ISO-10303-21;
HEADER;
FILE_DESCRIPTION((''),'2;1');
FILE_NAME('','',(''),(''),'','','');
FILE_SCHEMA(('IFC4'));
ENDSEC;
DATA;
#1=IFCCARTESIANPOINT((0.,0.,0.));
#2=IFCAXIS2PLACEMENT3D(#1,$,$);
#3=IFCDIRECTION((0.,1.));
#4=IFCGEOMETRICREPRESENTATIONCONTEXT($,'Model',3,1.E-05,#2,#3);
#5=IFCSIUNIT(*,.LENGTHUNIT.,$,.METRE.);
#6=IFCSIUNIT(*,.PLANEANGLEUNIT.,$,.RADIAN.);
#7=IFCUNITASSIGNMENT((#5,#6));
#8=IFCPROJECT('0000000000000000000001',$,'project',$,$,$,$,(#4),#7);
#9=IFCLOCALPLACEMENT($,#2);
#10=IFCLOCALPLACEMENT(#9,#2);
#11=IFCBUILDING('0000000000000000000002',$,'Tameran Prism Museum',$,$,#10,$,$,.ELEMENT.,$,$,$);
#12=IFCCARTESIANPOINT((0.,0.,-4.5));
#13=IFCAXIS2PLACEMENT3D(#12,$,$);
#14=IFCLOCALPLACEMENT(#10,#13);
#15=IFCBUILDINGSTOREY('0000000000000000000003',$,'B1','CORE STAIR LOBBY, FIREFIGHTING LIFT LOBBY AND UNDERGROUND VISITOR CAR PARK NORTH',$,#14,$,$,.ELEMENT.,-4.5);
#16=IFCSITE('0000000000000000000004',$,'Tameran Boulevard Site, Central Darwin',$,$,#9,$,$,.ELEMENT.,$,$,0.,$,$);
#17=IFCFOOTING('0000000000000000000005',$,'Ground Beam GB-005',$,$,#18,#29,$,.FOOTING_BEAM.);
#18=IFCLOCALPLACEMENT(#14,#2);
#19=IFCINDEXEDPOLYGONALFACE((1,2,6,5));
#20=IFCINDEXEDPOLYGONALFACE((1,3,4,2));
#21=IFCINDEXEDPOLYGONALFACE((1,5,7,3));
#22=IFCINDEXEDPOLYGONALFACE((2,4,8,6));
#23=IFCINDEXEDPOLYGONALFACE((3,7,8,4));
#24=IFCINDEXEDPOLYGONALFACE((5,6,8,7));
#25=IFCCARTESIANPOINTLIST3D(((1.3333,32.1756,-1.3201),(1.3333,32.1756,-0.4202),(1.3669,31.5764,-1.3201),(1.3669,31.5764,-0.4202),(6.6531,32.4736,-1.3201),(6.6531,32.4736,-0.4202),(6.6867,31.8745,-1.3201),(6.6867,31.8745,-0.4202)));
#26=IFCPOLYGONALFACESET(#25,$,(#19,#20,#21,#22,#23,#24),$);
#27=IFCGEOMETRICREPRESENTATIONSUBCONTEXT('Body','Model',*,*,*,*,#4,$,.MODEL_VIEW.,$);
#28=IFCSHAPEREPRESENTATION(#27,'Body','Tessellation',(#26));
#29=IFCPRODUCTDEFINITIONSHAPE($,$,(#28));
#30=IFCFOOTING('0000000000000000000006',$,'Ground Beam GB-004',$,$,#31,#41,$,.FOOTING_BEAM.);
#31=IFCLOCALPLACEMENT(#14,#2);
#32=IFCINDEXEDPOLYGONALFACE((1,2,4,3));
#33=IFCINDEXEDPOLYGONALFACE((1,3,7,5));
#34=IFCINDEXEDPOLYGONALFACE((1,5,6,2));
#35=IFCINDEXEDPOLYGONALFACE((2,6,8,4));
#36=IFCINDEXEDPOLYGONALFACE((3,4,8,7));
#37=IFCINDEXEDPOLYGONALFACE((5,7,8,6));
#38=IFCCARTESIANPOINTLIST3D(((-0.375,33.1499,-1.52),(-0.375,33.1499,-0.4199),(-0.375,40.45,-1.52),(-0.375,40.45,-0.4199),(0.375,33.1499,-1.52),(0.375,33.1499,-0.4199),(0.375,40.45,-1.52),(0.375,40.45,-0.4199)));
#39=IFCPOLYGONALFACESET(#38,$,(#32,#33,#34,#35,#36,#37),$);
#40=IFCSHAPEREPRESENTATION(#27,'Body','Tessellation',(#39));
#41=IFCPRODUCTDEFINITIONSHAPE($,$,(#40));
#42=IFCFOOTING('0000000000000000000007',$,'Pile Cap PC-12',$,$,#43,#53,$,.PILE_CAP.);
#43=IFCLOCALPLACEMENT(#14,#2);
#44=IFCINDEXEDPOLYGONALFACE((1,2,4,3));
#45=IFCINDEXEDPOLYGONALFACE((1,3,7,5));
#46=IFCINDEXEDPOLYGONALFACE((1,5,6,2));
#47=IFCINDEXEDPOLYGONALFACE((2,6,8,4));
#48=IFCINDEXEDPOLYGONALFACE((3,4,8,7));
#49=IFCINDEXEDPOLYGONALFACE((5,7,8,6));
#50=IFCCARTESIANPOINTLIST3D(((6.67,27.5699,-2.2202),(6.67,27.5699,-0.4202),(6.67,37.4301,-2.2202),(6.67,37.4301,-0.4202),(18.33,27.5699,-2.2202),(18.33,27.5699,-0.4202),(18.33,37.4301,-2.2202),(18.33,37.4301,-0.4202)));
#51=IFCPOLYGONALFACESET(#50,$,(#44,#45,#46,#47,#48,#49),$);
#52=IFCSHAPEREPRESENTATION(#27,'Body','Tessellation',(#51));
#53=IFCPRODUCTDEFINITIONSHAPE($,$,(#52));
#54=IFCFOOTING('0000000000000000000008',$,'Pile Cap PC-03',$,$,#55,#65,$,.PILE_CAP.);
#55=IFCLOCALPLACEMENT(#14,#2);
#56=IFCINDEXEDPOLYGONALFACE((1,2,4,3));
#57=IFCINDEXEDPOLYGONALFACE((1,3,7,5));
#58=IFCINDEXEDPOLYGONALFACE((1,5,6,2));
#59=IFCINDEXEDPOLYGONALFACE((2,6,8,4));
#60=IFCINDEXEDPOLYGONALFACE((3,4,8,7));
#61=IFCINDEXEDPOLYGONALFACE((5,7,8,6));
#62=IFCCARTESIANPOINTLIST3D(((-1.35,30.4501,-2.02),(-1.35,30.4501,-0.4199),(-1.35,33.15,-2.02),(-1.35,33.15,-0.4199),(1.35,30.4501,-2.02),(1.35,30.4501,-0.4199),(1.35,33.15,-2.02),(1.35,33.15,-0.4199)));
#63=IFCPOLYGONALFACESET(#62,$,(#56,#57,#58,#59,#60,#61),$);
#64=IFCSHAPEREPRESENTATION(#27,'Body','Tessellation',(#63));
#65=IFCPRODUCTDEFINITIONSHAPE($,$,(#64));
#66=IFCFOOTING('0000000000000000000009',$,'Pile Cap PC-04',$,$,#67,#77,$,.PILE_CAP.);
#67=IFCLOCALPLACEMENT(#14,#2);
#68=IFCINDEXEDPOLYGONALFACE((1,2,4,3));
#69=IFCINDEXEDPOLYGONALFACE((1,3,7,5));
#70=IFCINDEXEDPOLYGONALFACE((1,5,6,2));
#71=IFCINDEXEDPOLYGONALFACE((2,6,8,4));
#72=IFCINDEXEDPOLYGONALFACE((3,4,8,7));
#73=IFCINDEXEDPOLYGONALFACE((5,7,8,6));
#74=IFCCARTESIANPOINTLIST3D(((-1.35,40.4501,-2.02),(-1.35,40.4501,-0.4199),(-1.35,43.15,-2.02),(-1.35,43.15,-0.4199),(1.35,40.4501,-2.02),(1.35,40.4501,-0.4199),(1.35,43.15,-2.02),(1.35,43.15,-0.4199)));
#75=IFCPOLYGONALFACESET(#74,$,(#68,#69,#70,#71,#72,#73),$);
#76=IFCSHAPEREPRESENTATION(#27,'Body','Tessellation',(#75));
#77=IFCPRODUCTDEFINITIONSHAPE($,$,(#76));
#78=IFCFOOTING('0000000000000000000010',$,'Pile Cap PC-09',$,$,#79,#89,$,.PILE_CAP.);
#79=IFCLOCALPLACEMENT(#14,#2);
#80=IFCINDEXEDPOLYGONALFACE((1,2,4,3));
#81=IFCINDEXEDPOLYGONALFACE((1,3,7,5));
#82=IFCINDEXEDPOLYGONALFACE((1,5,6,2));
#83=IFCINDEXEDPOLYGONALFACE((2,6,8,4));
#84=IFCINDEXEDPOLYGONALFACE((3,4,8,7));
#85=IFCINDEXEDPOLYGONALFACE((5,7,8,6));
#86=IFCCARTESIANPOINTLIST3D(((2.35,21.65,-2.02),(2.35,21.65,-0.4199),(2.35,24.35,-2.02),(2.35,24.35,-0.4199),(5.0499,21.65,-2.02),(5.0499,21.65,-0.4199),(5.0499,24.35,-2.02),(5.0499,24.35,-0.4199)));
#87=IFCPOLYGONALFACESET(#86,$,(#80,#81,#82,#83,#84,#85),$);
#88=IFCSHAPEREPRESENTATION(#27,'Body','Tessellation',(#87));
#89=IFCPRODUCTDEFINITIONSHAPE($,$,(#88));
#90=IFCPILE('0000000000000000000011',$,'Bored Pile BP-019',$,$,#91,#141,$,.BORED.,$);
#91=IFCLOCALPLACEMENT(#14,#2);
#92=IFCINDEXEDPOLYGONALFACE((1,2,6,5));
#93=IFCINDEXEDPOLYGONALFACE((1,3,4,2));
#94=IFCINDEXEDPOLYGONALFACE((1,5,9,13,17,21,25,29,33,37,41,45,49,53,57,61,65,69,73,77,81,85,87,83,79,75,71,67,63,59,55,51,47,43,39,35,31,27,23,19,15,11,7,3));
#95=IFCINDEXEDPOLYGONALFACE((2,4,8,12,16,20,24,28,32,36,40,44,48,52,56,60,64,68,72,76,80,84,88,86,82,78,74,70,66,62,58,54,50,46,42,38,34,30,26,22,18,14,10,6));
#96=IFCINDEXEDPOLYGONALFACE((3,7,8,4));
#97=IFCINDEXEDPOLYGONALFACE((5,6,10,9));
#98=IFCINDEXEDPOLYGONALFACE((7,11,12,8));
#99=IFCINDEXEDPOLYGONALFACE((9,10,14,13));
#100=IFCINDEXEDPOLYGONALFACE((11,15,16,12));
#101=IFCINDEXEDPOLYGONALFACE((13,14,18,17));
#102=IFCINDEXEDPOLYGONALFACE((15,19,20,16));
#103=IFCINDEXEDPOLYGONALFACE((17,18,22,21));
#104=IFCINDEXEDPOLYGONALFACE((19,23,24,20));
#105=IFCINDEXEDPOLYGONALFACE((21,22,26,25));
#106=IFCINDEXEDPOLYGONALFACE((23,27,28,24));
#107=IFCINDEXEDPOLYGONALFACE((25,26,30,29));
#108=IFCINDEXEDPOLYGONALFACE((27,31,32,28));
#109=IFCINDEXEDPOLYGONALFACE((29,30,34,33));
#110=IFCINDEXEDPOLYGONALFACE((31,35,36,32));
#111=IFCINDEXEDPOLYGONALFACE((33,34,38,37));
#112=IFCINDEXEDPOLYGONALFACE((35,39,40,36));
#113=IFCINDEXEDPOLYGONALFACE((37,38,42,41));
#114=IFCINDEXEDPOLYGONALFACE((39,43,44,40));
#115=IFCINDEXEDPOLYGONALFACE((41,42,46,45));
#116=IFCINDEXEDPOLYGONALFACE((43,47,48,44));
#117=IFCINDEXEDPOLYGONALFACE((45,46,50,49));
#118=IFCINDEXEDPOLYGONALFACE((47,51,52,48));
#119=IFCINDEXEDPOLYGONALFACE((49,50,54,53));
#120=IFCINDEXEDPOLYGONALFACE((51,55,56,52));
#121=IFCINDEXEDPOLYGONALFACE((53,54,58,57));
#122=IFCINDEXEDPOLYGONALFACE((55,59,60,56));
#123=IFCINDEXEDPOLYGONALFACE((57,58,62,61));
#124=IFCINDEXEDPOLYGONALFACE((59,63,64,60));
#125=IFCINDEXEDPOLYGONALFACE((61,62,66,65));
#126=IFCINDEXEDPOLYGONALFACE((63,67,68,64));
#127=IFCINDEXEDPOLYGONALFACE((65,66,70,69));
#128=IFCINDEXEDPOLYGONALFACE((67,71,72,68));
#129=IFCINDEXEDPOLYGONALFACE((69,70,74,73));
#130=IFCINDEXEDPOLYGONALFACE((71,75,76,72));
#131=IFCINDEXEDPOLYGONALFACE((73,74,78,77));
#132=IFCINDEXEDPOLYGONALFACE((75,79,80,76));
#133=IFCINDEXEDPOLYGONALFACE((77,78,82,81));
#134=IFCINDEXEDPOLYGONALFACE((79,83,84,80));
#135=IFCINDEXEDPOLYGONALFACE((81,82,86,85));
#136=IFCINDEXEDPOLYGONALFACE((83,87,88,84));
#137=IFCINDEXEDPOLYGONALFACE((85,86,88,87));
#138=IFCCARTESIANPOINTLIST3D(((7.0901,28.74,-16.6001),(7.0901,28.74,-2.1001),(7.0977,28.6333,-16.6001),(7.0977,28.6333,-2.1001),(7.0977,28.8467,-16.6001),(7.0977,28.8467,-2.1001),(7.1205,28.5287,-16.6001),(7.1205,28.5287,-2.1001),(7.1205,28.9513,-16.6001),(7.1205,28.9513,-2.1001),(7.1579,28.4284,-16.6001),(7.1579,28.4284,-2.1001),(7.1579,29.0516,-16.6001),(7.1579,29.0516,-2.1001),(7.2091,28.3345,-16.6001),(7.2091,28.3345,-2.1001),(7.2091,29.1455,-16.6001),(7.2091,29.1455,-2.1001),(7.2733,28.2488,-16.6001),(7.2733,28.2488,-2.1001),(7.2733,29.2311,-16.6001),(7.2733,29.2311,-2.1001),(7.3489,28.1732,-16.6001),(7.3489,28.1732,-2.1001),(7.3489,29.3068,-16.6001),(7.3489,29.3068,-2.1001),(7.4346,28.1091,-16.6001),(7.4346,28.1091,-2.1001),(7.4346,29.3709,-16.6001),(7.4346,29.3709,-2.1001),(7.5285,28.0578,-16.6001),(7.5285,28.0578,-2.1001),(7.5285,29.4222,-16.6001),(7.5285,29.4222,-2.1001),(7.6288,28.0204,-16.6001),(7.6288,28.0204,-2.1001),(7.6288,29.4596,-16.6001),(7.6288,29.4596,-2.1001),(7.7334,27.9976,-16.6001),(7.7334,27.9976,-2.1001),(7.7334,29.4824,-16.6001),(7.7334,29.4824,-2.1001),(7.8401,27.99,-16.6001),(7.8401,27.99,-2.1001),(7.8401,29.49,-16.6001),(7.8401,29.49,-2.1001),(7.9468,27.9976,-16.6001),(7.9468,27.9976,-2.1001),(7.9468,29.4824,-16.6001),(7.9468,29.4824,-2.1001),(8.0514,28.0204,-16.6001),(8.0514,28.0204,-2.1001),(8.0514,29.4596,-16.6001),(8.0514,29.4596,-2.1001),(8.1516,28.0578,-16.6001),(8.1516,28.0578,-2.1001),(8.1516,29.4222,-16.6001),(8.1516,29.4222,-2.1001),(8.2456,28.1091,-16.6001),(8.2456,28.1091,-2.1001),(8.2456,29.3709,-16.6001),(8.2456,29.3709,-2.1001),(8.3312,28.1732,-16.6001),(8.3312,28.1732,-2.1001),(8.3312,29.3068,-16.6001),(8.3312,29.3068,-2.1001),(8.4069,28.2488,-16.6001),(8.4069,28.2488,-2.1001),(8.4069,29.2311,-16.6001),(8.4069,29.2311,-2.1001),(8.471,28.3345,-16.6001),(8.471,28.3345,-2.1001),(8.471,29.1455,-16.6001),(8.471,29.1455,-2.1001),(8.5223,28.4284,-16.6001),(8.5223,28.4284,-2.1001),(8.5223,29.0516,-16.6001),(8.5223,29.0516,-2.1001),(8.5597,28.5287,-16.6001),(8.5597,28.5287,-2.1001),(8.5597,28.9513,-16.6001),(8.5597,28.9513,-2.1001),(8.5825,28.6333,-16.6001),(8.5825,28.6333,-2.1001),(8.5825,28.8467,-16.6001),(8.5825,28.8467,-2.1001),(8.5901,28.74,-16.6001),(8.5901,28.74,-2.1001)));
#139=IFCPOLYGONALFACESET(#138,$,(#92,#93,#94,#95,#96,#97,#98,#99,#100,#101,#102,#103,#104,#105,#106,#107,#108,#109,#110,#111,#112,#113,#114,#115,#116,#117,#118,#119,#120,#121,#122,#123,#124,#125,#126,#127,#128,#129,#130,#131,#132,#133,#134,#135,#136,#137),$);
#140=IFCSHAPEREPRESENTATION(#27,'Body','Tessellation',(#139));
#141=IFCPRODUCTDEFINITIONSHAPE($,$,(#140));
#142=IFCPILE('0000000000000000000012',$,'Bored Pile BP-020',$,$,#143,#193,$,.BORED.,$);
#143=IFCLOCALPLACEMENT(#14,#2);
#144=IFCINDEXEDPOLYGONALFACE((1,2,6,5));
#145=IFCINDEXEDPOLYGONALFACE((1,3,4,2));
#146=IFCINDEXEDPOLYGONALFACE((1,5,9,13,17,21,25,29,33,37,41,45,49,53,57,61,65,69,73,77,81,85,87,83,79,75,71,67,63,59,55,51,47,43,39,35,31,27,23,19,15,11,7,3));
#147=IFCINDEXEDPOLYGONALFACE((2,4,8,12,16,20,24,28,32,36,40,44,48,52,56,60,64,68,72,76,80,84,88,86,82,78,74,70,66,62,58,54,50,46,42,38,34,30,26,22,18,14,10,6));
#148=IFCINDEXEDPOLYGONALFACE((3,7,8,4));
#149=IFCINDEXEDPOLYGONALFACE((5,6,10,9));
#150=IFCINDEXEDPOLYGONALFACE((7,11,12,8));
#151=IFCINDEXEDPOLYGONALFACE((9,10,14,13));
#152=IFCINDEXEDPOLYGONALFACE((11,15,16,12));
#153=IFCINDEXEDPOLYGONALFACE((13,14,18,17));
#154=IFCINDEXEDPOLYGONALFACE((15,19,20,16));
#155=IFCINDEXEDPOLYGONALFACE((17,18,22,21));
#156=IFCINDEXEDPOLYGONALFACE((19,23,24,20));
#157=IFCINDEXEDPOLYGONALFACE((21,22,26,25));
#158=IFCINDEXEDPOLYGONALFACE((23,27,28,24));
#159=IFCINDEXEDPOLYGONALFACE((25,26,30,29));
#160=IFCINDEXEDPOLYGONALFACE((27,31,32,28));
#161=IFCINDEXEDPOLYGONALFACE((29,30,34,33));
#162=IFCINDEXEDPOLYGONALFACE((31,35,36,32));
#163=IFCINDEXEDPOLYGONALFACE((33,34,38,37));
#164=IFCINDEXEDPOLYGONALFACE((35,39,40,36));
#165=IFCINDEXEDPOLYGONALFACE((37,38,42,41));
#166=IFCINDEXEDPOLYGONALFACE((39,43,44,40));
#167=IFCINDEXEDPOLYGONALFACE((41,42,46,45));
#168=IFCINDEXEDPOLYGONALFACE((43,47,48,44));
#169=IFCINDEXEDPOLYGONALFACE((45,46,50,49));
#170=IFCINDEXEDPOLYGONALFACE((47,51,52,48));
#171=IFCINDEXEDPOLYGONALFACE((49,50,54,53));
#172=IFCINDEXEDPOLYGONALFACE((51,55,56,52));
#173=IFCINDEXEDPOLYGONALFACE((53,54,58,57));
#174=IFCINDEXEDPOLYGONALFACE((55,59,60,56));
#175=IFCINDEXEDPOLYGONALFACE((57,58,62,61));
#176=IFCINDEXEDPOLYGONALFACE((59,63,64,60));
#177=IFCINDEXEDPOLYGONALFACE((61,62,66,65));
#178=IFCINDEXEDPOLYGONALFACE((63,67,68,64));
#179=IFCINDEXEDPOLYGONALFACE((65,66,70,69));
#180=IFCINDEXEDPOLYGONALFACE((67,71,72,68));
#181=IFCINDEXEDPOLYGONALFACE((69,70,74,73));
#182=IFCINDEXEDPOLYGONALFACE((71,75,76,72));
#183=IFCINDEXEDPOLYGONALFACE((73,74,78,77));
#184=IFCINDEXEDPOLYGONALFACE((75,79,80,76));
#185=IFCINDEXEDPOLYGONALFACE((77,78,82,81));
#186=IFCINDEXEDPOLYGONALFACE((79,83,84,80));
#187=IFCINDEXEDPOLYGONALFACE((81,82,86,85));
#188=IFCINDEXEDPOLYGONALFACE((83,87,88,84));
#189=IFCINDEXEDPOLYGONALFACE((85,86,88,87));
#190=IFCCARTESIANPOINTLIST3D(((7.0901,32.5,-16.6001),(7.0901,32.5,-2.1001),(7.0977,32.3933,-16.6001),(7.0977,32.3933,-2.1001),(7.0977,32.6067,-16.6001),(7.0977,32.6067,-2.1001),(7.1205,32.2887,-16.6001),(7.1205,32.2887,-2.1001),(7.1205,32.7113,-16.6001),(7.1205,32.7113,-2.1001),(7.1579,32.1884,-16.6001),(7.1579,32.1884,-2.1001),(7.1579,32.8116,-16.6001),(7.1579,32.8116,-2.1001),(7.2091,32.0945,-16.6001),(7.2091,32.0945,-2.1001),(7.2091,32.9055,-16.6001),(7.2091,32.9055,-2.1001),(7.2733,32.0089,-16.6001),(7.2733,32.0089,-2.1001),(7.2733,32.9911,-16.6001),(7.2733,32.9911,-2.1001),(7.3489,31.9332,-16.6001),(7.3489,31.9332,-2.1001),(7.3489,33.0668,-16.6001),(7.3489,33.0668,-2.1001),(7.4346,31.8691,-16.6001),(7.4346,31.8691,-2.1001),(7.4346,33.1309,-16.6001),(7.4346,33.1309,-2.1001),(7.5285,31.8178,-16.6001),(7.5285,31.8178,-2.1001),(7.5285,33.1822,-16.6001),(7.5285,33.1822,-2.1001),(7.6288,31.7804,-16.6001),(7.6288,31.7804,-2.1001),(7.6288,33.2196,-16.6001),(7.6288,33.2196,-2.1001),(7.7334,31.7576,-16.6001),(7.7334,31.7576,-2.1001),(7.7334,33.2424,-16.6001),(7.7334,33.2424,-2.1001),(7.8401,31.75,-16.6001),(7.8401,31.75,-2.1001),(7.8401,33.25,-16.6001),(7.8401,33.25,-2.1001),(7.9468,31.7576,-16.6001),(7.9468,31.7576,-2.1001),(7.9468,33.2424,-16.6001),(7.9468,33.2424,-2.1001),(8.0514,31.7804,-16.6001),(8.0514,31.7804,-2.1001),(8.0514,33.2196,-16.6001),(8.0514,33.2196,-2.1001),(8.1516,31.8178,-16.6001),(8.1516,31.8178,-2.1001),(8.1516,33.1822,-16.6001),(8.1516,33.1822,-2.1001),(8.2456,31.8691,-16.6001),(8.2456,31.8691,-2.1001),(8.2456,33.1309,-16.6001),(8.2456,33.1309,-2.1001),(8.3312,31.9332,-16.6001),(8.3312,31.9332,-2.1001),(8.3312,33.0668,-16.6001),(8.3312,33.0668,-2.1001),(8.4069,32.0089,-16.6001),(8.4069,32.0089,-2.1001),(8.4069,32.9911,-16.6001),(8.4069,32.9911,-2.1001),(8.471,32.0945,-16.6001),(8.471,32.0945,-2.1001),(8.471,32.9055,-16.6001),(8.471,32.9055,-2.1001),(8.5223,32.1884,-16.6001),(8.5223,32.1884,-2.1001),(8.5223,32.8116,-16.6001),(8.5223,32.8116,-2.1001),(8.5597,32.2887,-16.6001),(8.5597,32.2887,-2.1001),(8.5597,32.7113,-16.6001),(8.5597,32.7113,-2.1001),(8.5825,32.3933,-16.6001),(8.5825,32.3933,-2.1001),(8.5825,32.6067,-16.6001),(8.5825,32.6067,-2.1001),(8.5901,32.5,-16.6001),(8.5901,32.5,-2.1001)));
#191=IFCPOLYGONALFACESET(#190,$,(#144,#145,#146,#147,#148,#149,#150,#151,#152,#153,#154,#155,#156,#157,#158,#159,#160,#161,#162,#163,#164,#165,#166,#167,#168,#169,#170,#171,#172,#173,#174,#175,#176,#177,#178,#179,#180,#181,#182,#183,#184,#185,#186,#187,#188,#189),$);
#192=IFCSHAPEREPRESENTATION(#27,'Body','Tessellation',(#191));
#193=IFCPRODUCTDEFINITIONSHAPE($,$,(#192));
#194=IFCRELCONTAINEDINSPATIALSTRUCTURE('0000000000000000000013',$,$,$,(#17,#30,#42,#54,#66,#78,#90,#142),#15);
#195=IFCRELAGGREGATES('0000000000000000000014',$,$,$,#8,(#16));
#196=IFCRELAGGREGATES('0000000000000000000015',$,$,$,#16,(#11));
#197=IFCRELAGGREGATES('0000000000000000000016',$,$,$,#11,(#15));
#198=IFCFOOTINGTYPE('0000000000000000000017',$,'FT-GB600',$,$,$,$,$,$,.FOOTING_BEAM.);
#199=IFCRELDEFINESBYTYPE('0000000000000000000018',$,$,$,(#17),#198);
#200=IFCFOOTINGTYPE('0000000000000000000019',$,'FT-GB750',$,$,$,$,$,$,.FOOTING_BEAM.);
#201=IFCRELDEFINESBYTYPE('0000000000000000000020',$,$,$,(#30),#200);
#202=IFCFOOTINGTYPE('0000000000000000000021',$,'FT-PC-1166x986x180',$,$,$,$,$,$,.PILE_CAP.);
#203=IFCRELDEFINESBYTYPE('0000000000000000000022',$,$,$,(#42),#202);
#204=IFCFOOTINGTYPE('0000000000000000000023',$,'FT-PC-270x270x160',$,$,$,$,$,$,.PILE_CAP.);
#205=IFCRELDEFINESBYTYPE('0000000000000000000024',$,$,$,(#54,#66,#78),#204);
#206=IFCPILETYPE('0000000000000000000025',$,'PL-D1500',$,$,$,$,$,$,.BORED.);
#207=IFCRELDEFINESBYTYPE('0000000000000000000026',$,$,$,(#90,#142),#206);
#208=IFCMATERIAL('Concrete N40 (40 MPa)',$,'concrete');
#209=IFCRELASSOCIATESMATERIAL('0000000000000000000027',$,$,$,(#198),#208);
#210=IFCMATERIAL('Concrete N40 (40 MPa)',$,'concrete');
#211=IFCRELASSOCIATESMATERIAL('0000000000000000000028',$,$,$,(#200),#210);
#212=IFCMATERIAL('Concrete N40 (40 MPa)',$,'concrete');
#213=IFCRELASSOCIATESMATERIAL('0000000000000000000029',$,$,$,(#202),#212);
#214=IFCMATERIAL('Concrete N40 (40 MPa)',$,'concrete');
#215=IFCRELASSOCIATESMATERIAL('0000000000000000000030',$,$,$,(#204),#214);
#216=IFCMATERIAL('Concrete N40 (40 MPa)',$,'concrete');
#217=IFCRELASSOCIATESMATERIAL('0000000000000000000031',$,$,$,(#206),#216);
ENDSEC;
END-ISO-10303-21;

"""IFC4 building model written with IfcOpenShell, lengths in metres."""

from ifc_helpers import new_model, si_unit, direction, frame, origin, origin_2d, place, context, subcontext, project, spatial, rectangle, circle, extrude, material, material_profile, profile_set, type_object, element, save


model = new_model("IFC4")

# Units and contexts
model_context = context("Model", 3, precision=1e-05, world=origin(), true_north=direction((0.0, 1.0)))
body_context = subcontext(model_context, "Body", "Model", "MODEL_VIEW")
ifc_project = project(units=[si_unit("LENGTHUNIT", "METRE"), si_unit("PLANEANGLEUNIT", "RADIAN")], contexts=[model_context])

# Site, building, storey
site_placement = place(None, origin())
site = spatial("IfcSite", under=ifc_project, at=site_placement, Name="Tameran Boulevard Site, Central Darwin", CompositionType="ELEMENT", RefElevation=0.0)
building_placement = place(site_placement, origin())
building = spatial("IfcBuilding", under=site, at=building_placement, Name="Tameran Prism Museum", CompositionType="ELEMENT")
storey_placement = place(building_placement, frame((0.0, 0.0, -4.5)))
storey = spatial("IfcBuildingStorey", under=building, at=storey_placement, Name="B1", Description="CORE STAIR LOBBY, FIREFIGHTING LIFT LOBBY AND UNDERGROUND VISITOR CAR PARK NORTH", CompositionType="ELEMENT", Elevation=-4.5)

# Footings
ifc_material_1 = material(Name="Concrete N40 (40 MPa)", Category="concrete")
ifc_material_profile_1 = material_profile(ifc_material_1, rectangle(XDim=0.6001, YDim=0.8999, at=origin_2d()))
ifc_profile_set_1 = profile_set([ifc_material_profile_1])
footing_type_1 = type_object("IfcFootingType", Name="FT-GB600", PredefinedType="FOOTING_BEAM", material=ifc_profile_set_1)
footing_1_placement = place(storey_placement, frame((1.3501, 31.876, -0.8701), z_axis=(0.998434, 0.055947, 0.0), x_axis=(-0.055947, 0.998434, 0.0)))
element("IfcFooting", 1, at=footing_1_placement, inside=storey, type_object=footing_type_1, Name="Ground Beam GB-005", PredefinedType="FOOTING_BEAM", context=body_context, shape_type="SweptSolid", body=[
    extrude(rectangle(XDim=0.6001, YDim=0.8999, at=origin_2d()), origin(), (0.0, 0.0, 1.0), 5.3281),
])
ifc_material_2 = material(Name="Concrete N40 (40 MPa)", Category="concrete")
ifc_material_profile_2 = material_profile(ifc_material_2, rectangle(XDim=0.75, YDim=1.1001, at=origin_2d()))
ifc_profile_set_2 = profile_set([ifc_material_profile_2])
footing_type_2 = type_object("IfcFootingType", Name="FT-GB750", PredefinedType="FOOTING_BEAM", material=ifc_profile_set_2)
footing_2_placement = place(storey_placement, frame((0.0, 33.1499, -0.97), z_axis=(0.0, 1.0, 0.0), x_axis=(-1.0, 0.0, 0.0)))
element("IfcFooting", 2, at=footing_2_placement, inside=storey, type_object=footing_type_2, Name="Ground Beam GB-004", PredefinedType="FOOTING_BEAM", context=body_context, shape_type="SweptSolid", body=[
    extrude(rectangle(XDim=0.75, YDim=1.1001, at=origin_2d()), origin(), (0.0, 0.0, 1.0), 7.3),
])
ifc_material_3 = material(Name="Concrete N40 (40 MPa)", Category="concrete")
footing_type_3 = type_object("IfcFootingType", Name="FT-PC-1166x986x180", PredefinedType="PILE_CAP", material=ifc_material_3)
footing_3_placement = place(storey_placement, frame((12.5, 32.5, -2.2202), z_axis=(0.0, 0.0, 1.0), x_axis=(1.0, 0.0, 0.0)))
element("IfcFooting", 3, at=footing_3_placement, inside=storey, type_object=footing_type_3, Name="Pile Cap PC-12", PredefinedType="PILE_CAP", context=body_context, shape_type="SweptSolid", body=[
    extrude(rectangle(XDim=11.6599, YDim=9.8601, at=origin_2d()), origin(), (0.0, 0.0, 1.0), 1.8),
])
ifc_material_4 = material(Name="Concrete N40 (40 MPa)", Category="concrete")
footing_type_4 = type_object("IfcFootingType", Name="FT-PC-270x270x160", PredefinedType="PILE_CAP", material=ifc_material_4)
for number, where, z_axis, x_axis, name in (
    (4, (0.0, 31.8, -2.02), (0.0, 0.0, 1.0), (1.0, 0.0, 0.0), "Pile Cap PC-03"),
    (5, (0.0, 41.8, -2.02), (0.0, 0.0, 1.0), (1.0, 0.0, 0.0), "Pile Cap PC-04"),
    (6, (3.7, 23.0, -2.02), (0.0, 0.0, 1.0), (1.0, 0.0, 0.0), "Pile Cap PC-09"),
):
    element("IfcFooting", number, at=place(storey_placement, frame(where, z_axis=z_axis, x_axis=x_axis)), inside=storey, type_object=footing_type_4, Name=name, PredefinedType="PILE_CAP", context=body_context, shape_type="SweptSolid", body=[
        extrude(rectangle(XDim=2.7, YDim=2.7, at=origin_2d()), origin(), (0.0, 0.0, 1.0), 1.6001),
    ])

# Piles
ifc_material_5 = material(Name="Concrete N40 (40 MPa)", Category="concrete")
ifc_material_profile_3 = material_profile(ifc_material_5, circle(Radius=0.75, at=origin_2d()))
ifc_profile_set_3 = profile_set([ifc_material_profile_3])
pile_type_1 = type_object("IfcPileType", Name="PL-D1500", PredefinedType="BORED", material=ifc_profile_set_3)
for number, where, z_axis, x_axis, name in (
    (7, (7.8401, 28.74, -2.1001), (0.0, 0.0, -1.0), (1.0, 0.0, 0.0), "Bored Pile BP-019"),
    (8, (7.8401, 32.5, -2.1001), (0.0, 0.0, -1.0), (1.0, 0.0, 0.0), "Bored Pile BP-020"),
):
    element("IfcPile", number, at=place(storey_placement, frame(where, z_axis=z_axis, x_axis=x_axis)), inside=storey, type_object=pile_type_1, Name=name, PredefinedType="BORED", context=body_context, shape_type="SweptSolid", body=[
        extrude(circle(Radius=0.75, at=origin_2d()), origin(), (0.0, 0.0, 1.0), 14.5),
    ])

save(model, "model.ifc")
